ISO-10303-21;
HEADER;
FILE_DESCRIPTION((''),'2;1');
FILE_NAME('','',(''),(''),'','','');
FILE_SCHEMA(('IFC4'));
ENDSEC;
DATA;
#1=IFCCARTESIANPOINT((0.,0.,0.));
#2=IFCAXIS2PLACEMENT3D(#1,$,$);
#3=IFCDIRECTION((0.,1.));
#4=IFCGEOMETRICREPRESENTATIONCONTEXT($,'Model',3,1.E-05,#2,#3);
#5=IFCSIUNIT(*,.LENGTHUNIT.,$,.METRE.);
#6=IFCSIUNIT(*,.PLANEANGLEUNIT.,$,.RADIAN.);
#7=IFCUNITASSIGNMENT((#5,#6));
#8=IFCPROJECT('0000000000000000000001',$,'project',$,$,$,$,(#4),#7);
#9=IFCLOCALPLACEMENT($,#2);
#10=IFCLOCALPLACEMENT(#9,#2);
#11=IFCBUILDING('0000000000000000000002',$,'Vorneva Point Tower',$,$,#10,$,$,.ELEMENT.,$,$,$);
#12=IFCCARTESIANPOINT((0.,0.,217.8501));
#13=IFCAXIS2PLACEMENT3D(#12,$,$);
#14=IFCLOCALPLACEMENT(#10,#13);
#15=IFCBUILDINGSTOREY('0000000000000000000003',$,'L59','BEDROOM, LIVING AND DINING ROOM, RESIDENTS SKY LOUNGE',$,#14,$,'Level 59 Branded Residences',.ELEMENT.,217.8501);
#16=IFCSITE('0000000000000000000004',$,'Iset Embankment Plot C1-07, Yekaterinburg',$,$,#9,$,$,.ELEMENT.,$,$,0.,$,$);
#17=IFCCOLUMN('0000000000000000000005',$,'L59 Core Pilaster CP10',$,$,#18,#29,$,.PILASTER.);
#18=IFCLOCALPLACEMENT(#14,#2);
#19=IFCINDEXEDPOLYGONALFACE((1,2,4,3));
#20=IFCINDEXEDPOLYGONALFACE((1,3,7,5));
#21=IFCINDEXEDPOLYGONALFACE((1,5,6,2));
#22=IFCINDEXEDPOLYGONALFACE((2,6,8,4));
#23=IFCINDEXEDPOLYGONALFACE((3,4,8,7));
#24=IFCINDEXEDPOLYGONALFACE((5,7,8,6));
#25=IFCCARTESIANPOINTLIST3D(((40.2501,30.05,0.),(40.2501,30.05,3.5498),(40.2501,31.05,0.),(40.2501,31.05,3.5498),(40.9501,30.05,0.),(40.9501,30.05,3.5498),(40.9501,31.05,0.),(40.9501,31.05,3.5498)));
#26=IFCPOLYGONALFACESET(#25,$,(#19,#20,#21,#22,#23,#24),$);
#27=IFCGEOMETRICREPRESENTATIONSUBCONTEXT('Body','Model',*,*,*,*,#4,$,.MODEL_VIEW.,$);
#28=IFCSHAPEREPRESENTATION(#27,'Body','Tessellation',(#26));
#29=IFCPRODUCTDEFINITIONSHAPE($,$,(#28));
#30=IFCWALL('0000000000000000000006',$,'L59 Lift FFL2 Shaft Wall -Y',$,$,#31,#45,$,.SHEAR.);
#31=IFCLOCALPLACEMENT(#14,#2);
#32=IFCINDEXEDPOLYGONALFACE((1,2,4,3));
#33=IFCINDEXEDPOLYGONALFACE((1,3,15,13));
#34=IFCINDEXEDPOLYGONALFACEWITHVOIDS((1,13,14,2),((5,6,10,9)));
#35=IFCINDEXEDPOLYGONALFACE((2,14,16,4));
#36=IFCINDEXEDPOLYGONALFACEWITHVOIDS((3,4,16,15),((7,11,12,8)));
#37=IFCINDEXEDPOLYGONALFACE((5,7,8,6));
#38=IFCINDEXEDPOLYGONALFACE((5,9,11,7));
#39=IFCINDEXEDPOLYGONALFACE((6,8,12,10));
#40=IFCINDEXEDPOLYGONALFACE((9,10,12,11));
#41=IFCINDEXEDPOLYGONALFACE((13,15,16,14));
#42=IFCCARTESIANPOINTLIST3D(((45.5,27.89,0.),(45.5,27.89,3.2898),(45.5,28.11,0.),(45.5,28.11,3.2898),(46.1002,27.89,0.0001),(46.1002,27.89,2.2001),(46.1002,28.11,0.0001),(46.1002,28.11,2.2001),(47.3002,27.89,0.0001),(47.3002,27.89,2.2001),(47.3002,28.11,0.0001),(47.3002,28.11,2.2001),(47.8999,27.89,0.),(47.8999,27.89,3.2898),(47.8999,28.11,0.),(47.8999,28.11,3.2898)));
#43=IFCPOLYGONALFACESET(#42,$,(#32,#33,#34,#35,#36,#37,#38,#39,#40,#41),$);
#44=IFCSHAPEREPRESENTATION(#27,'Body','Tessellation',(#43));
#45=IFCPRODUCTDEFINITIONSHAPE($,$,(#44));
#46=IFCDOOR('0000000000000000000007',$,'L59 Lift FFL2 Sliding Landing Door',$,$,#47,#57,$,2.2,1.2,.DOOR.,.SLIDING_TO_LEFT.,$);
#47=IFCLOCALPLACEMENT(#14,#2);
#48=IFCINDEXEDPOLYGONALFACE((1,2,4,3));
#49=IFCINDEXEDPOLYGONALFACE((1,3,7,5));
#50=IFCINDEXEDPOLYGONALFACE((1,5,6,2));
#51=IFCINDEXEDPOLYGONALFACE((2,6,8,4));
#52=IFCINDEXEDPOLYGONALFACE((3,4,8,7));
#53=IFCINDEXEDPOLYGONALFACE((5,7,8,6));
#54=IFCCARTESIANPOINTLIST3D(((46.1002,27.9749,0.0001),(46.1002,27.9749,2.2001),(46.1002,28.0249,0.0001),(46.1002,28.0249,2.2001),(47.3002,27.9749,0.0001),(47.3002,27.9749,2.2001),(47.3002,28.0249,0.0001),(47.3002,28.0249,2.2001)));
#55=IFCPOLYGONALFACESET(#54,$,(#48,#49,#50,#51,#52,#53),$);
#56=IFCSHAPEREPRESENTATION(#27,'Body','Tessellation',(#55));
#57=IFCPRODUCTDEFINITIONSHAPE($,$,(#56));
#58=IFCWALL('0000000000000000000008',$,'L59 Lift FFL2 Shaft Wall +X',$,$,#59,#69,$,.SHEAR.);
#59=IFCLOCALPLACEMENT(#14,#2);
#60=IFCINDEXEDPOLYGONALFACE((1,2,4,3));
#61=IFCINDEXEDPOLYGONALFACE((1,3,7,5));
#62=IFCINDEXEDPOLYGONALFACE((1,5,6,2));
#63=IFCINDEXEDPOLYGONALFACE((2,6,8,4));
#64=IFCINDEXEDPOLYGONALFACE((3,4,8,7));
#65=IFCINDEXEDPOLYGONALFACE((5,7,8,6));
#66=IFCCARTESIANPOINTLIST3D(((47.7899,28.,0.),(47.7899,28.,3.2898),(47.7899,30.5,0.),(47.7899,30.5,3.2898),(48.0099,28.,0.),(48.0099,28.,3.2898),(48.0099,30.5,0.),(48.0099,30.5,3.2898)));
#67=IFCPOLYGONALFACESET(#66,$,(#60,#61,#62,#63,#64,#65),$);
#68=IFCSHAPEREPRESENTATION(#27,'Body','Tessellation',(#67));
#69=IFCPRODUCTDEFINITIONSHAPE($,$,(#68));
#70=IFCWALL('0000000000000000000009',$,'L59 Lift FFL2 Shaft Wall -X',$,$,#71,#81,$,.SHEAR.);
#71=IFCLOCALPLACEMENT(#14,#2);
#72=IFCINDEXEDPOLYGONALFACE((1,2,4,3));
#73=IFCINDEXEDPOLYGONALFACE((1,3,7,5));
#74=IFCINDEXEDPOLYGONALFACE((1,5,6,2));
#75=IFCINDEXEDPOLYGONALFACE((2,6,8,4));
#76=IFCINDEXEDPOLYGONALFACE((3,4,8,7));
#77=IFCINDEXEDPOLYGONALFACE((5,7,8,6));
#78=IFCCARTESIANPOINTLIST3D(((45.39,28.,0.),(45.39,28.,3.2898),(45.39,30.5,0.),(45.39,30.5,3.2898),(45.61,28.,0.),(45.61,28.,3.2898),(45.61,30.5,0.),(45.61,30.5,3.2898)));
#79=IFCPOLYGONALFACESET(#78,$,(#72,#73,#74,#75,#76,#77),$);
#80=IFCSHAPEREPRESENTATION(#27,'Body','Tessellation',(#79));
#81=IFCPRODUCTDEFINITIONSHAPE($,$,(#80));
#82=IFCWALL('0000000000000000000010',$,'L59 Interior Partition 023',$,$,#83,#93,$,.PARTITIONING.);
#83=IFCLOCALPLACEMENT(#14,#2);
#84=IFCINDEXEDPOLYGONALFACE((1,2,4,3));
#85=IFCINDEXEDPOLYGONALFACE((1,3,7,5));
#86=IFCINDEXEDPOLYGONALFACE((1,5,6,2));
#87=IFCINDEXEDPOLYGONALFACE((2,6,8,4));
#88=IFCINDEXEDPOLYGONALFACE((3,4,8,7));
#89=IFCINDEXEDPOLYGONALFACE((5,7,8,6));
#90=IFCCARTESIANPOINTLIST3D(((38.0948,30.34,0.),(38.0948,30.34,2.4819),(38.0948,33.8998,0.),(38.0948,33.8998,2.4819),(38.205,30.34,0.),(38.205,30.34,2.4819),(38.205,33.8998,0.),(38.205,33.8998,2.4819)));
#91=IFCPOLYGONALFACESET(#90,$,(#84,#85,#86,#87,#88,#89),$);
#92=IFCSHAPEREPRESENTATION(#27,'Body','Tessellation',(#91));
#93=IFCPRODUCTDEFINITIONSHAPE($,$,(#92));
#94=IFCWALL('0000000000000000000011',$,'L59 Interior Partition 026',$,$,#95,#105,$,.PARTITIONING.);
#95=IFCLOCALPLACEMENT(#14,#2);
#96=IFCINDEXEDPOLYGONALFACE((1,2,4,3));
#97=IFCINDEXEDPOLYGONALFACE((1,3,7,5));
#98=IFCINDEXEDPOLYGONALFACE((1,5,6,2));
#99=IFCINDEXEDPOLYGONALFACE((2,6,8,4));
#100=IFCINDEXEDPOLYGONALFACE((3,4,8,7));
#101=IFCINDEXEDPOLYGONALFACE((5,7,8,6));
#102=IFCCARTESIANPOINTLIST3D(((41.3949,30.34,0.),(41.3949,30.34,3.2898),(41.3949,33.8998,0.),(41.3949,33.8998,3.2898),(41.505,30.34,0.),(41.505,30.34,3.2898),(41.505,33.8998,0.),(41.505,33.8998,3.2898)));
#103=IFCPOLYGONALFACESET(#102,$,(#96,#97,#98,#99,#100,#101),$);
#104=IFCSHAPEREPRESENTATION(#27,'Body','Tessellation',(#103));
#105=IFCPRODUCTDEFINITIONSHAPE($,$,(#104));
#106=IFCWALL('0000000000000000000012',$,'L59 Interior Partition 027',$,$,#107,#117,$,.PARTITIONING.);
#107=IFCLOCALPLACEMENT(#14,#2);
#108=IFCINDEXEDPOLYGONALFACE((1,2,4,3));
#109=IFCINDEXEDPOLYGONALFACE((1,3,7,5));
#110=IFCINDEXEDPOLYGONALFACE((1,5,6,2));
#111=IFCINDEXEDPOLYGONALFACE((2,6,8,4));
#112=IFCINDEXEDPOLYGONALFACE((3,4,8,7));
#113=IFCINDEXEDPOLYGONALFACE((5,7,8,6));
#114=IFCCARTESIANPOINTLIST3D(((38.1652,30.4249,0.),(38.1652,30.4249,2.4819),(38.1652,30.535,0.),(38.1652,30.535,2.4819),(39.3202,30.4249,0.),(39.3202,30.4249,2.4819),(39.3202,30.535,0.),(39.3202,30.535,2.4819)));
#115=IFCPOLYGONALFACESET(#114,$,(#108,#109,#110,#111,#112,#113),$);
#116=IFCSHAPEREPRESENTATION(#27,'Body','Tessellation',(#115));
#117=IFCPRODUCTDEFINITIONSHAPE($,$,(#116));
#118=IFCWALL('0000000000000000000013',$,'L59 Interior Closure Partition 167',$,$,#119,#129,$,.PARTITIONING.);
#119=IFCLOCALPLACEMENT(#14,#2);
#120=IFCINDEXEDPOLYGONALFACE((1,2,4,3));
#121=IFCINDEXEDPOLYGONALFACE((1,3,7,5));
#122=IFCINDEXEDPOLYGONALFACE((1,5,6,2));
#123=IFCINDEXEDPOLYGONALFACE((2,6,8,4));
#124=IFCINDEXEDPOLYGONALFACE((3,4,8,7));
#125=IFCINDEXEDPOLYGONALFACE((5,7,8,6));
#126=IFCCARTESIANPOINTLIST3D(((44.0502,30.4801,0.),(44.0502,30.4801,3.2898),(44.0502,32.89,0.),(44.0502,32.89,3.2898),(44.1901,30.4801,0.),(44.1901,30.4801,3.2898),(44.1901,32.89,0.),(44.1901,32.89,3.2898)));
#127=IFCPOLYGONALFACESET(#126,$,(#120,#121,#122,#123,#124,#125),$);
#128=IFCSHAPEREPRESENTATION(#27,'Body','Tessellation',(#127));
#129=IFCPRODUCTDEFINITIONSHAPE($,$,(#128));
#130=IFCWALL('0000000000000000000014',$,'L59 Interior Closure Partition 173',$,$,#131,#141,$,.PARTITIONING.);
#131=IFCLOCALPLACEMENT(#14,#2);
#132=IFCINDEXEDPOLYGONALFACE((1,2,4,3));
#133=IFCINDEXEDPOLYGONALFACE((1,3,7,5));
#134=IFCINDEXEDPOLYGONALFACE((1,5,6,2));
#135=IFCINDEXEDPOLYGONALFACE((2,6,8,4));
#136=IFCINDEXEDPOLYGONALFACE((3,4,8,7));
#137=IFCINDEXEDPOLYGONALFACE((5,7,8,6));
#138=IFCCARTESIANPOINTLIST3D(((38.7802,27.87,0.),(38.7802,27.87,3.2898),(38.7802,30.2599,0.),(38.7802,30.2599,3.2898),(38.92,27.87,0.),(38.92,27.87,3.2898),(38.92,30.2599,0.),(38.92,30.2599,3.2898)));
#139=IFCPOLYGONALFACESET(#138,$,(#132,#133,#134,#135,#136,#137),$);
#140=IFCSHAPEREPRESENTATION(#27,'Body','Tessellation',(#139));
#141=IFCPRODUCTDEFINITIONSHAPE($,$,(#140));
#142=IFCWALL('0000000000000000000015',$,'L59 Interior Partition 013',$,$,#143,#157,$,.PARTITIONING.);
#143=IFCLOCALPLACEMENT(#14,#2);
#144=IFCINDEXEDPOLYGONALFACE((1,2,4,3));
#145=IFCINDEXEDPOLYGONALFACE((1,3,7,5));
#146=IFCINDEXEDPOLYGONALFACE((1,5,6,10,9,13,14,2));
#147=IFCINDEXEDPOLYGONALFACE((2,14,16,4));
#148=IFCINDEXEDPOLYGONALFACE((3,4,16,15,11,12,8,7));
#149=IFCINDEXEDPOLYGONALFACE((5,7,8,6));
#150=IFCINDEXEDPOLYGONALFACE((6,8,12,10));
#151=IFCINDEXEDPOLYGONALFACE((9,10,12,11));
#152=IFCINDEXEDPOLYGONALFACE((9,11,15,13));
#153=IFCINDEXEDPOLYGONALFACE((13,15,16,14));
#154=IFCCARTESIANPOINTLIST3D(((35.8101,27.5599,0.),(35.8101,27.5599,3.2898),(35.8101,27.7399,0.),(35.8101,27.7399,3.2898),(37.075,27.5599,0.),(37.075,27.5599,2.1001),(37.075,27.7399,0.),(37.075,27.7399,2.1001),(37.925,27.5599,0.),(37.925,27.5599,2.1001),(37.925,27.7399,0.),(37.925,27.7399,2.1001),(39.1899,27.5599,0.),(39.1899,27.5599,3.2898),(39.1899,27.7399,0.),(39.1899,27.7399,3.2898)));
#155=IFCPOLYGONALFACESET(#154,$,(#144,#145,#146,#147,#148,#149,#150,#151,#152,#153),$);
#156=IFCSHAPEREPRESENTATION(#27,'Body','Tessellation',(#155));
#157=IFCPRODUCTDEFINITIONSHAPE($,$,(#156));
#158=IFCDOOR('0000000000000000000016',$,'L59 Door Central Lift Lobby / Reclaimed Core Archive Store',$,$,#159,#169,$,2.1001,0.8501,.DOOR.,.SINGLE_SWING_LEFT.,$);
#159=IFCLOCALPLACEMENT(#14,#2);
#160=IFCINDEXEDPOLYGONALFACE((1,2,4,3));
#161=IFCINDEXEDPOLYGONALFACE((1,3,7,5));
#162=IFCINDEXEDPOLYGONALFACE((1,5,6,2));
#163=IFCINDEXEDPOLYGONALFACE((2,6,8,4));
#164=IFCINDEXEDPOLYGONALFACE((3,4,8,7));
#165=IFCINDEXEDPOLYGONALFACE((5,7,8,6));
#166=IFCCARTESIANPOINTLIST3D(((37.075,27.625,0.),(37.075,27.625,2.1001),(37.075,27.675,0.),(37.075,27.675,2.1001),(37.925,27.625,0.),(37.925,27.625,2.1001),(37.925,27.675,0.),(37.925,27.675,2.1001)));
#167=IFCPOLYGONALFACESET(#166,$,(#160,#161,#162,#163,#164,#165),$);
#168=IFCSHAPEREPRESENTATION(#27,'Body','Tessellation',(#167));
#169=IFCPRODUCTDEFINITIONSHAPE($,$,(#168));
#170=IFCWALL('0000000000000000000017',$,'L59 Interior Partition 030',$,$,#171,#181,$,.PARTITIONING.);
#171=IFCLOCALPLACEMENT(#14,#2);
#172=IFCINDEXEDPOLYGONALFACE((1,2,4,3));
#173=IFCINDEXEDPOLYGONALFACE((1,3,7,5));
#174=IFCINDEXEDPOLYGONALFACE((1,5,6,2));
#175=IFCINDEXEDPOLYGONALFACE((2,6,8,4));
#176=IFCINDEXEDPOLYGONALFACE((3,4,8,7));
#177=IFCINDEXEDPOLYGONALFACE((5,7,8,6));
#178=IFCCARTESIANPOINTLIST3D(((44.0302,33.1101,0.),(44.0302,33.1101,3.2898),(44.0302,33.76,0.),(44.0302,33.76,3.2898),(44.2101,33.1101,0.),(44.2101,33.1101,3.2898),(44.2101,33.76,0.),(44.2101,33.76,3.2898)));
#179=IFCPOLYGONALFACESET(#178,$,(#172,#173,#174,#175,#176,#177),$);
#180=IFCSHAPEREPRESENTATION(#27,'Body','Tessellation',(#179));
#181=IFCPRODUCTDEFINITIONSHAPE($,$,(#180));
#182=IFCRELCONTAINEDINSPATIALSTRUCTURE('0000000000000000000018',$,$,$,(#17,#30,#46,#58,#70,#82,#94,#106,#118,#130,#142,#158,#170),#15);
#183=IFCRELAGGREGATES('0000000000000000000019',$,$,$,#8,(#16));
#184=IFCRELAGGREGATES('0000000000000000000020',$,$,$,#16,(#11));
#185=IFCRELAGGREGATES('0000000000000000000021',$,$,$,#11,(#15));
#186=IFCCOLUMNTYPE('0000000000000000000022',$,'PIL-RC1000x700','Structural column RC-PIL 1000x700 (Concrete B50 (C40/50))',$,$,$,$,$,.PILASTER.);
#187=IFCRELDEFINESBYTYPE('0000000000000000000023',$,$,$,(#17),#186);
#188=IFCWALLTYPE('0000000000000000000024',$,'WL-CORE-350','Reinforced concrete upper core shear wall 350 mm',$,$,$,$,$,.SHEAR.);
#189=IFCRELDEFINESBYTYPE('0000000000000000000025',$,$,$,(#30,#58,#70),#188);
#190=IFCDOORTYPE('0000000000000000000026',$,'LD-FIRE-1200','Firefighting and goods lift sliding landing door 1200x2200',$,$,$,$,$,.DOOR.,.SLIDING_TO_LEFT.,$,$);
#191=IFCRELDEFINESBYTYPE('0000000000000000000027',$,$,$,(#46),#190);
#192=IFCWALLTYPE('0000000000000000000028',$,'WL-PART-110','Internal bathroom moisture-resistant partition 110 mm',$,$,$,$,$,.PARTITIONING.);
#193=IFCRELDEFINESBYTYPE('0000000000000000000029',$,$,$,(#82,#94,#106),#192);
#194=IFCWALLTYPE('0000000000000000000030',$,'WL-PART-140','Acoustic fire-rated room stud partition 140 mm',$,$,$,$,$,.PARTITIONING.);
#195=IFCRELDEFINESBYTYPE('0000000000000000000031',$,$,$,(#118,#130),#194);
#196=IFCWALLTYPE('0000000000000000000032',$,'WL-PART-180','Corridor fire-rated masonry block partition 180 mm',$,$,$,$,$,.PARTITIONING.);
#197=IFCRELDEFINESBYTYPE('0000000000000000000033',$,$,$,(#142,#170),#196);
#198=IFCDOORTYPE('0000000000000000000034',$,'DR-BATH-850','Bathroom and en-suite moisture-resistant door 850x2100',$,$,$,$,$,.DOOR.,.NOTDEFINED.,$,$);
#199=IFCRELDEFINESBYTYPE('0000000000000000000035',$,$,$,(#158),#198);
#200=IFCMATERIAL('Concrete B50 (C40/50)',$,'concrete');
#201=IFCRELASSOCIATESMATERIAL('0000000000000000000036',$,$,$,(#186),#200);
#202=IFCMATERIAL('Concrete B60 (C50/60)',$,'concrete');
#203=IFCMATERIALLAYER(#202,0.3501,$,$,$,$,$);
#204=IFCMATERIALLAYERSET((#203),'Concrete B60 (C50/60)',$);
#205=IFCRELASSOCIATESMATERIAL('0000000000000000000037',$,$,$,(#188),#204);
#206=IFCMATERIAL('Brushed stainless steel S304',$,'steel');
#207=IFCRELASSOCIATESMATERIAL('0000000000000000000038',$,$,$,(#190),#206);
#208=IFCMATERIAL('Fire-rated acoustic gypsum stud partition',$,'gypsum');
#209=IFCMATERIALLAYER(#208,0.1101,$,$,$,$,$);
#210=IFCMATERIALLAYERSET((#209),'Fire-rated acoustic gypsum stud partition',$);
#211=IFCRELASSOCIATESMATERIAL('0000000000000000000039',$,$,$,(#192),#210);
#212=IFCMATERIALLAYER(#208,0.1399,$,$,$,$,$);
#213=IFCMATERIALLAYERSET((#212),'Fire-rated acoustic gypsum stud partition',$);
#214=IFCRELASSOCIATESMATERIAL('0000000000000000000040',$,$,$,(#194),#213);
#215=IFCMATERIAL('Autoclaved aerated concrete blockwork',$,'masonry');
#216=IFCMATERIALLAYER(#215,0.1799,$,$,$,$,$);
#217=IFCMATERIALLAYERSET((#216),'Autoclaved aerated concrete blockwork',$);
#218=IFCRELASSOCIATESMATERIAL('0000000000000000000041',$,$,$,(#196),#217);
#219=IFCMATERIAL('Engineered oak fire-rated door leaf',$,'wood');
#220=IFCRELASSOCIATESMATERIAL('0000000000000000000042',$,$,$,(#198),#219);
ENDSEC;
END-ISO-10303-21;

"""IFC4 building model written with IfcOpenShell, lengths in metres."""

from ifc_helpers import new_model, si_unit, direction, frame, frame_2d, origin, origin_2d, place, context, subcontext, project, spatial, rectangle, extrude, material, layer, layer_set, material_profile, profile_set, type_object, element, fill, save


model = new_model("IFC4")

# Units and contexts
model_context = context("Model", 3, precision=1e-05, world=origin(), true_north=direction((0.0, 1.0)))
body_context = subcontext(model_context, "Body", "Model", "MODEL_VIEW")
ifc_project = project(units=[si_unit("LENGTHUNIT", "METRE"), si_unit("PLANEANGLEUNIT", "RADIAN")], contexts=[model_context])

# Site, building, storey
site_placement = place(None, origin())
site = spatial("IfcSite", under=ifc_project, at=site_placement, Name="Iset Embankment Plot C1-07, Yekaterinburg", CompositionType="ELEMENT", RefElevation=0.0)
building_placement = place(site_placement, origin())
building = spatial("IfcBuilding", under=site, at=building_placement, Name="Vorneva Point Tower", CompositionType="ELEMENT")
storey_placement = place(building_placement, frame((0.0, 0.0, 217.8501)))
storey = spatial("IfcBuildingStorey", under=building, at=storey_placement, Name="L59", Description="BEDROOM, LIVING AND DINING ROOM, RESIDENTS SKY LOUNGE", LongName="Level 59 Branded Residences", CompositionType="ELEMENT", Elevation=217.8501)

# Column
ifc_material_1 = material(Name="Concrete B50 (C40/50)", Category="concrete")
ifc_material_profile = material_profile(ifc_material_1, rectangle(XDim=0.7, YDim=1.0, at=origin_2d()), Name="RC-PIL 1000x700")
ifc_profile_set = profile_set([ifc_material_profile], Name="Concrete B50 (C40/50)")
column_type = type_object("IfcColumnType", Name="PIL-RC1000x700", Description="Structural column RC-PIL 1000x700 (Concrete B50 (C40/50))", PredefinedType="PILASTER", material=ifc_profile_set)
column_placement = place(storey_placement, frame((40.6001, 30.55, 0.0), z_axis=(0.0, 0.0, 1.0), x_axis=(1.0, 0.0, 0.0)))
element("IfcColumn", 1, at=column_placement, inside=storey, type_object=column_type, Name="L59 Core Pilaster CP10", PredefinedType="PILASTER", context=body_context, shape_type="SweptSolid", body=[
    extrude(rectangle(XDim=0.7, YDim=1.0, at=origin_2d()), origin(), (0.0, 0.0, 1.0), 3.5498),
])

# Wall, opening, door
ifc_material_2 = material(Name="Concrete B60 (C50/60)", Category="concrete")
ifc_layer_1 = layer(ifc_material_2, 0.3501)
ifc_layer_set_1 = layer_set([ifc_layer_1], Name="Concrete B60 (C50/60)")
wall_type_1 = type_object("IfcWallType", Name="WL-CORE-350", Description="Reinforced concrete upper core shear wall 350 mm", PredefinedType="SHEAR", material=ifc_layer_set_1)
wall_1_placement = place(storey_placement, frame((45.5, 28.0, 0.0), z_axis=(0.0, 0.0, 1.0), x_axis=(1.0, 0.0, 0.0)))
wall_1 = element("IfcWall", 2, at=wall_1_placement, inside=storey, type_object=wall_type_1, Name="L59 Lift FFL2 Shaft Wall -Y", PredefinedType="SHEAR", context=body_context, shape_type="SweptSolid", body=[
    extrude(rectangle(XDim=2.3999, YDim=0.22, at=frame_2d((1.2, 0.0))), origin(), (0.0, 0.0, 1.0), 3.2898),
])
opening_1_placement = place(wall_1_placement, frame((0.6001, 0.0, 0.0)))
opening_1 = element("IfcOpeningElement", 3, at=opening_1_placement, cuts=wall_1, PredefinedType="OPENING", context=body_context, shape_type="SweptSolid", body=[
    extrude(rectangle(XDim=1.2, YDim=2.2, at=frame_2d((0.6001, 1.1001))), frame((0.0, 0.125, 0.0), z_axis=(0.0, -1.0, 0.0), x_axis=(1.0, 0.0, 0.0)), (0.0, 0.0, 1.0), 0.2498),
])
ifc_material_3 = material(Name="Brushed stainless steel S304", Category="steel")
door_type_1 = type_object("IfcDoorType", Name="LD-FIRE-1200", Description="Firefighting and goods lift sliding landing door 1200x2200", OperationType="SLIDING_TO_LEFT", PredefinedType="DOOR", material=ifc_material_3)
door_1_placement = place(opening_1_placement, origin())
door_1 = element("IfcDoor", 4, at=door_1_placement, inside=storey, type_object=door_type_1, Name="L59 Lift FFL2 Sliding Landing Door", OperationType="SLIDING_TO_LEFT", OverallHeight=2.2, OverallWidth=1.2, PredefinedType="DOOR", context=body_context, shape_type="SweptSolid", body=[
    extrude(rectangle(XDim=1.2, YDim=2.2, at=frame_2d((0.6001, 1.1001))), frame((0.0, 0.0249, 0.0), z_axis=(0.0, -1.0, 0.0), x_axis=(1.0, 0.0, 0.0)), (0.0, 0.0, 1.0), 0.05),
])
fill(opening_1, door_1)

# Walls
for number, where, z_axis, x_axis, name in (
    (5, (47.8999, 28.0, 0.0), (0.0, 0.0, 1.0), (0.0, 1.0, 0.0), "L59 Lift FFL2 Shaft Wall +X"),
    (6, (45.5, 30.5, 0.0), (0.0, 0.0, 1.0), (0.0, -1.0, 0.0), "L59 Lift FFL2 Shaft Wall -X"),
):
    element("IfcWall", number, at=place(storey_placement, frame(where, z_axis=z_axis, x_axis=x_axis)), inside=storey, type_object=wall_type_1, Name=name, PredefinedType="SHEAR", context=body_context, shape_type="SweptSolid", body=[
        extrude(rectangle(XDim=2.5, YDim=0.22, at=frame_2d((1.25, 0.0))), origin(), (0.0, 0.0, 1.0), 3.2898),
    ])
ifc_material_4 = material(Name="Fire-rated acoustic gypsum stud partition", Category="gypsum")
ifc_layer_2 = layer(ifc_material_4, 0.1101)
ifc_layer_set_2 = layer_set([ifc_layer_2], Name="Fire-rated acoustic gypsum stud partition")
wall_type_2 = type_object("IfcWallType", Name="WL-PART-110", Description="Internal bathroom moisture-resistant partition 110 mm", PredefinedType="PARTITIONING", material=ifc_layer_set_2)
wall_2_placement = place(storey_placement, frame((38.1499, 30.3401, 0.0), z_axis=(0.0, 0.0, 1.0), x_axis=(0.0, 1.0, 0.0)))
element("IfcWall", 7, at=wall_2_placement, inside=storey, type_object=wall_type_2, Name="L59 Interior Partition 023", PredefinedType="PARTITIONING", context=body_context, shape_type="SweptSolid", body=[
    extrude(rectangle(XDim=3.5598, YDim=0.1101, at=frame_2d((1.7798, 0.0))), origin(), (0.0, 0.0, 1.0), 2.4819),
])
wall_3_placement = place(storey_placement, frame((41.45, 30.3401, 0.0), z_axis=(0.0, 0.0, 1.0), x_axis=(0.0, 1.0, 0.0)))
element("IfcWall", 8, at=wall_3_placement, inside=storey, type_object=wall_type_2, Name="L59 Interior Partition 026", PredefinedType="PARTITIONING", context=body_context, shape_type="SweptSolid", body=[
    extrude(rectangle(XDim=3.5598, YDim=0.1101, at=frame_2d((1.7798, 0.0))), origin(), (0.0, 0.0, 1.0), 3.2898),
])
wall_4_placement = place(storey_placement, frame((38.165, 30.48, 0.0), z_axis=(0.0, 0.0, 1.0), x_axis=(1.0, 0.0, 0.0)))
element("IfcWall", 9, at=wall_4_placement, inside=storey, type_object=wall_type_2, Name="L59 Interior Partition 027", PredefinedType="PARTITIONING", context=body_context, shape_type="SweptSolid", body=[
    extrude(rectangle(XDim=1.155, YDim=0.1101, at=frame_2d((0.5776, 0.0))), origin(), (0.0, 0.0, 1.0), 2.4819),
])
ifc_layer_3 = layer(ifc_material_4, 0.1399)
ifc_layer_set_3 = layer_set([ifc_layer_3], Name="Fire-rated acoustic gypsum stud partition")
wall_type_3 = type_object("IfcWallType", Name="WL-PART-140", Description="Acoustic fire-rated room stud partition 140 mm", PredefinedType="PARTITIONING", material=ifc_layer_set_3)
wall_5_placement = place(storey_placement, frame((44.1201, 30.48, 0.0), z_axis=(0.0, 0.0, 1.0), x_axis=(0.0, 1.0, 0.0)))
element("IfcWall", 10, at=wall_5_placement, inside=storey, type_object=wall_type_3, Name="L59 Interior Closure Partition 167", PredefinedType="PARTITIONING", context=body_context, shape_type="SweptSolid", body=[
    extrude(rectangle(XDim=2.4099, YDim=0.1399, at=frame_2d((1.2051, 0.0))), origin(), (0.0, 0.0, 1.0), 3.2898),
])
wall_6_placement = place(storey_placement, frame((38.8501, 27.8701, 0.0), z_axis=(0.0, 0.0, 1.0), x_axis=(0.0, 1.0, 0.0)))
element("IfcWall", 11, at=wall_6_placement, inside=storey, type_object=wall_type_3, Name="L59 Interior Closure Partition 173", PredefinedType="PARTITIONING", context=body_context, shape_type="SweptSolid", body=[
    extrude(rectangle(XDim=2.3899, YDim=0.1399, at=frame_2d((1.1948, 0.0))), origin(), (0.0, 0.0, 1.0), 3.2898),
])

# Wall, opening, door
ifc_material_5 = material(Name="Autoclaved aerated concrete blockwork", Category="masonry")
ifc_layer_4 = layer(ifc_material_5, 0.1799)
ifc_layer_set_4 = layer_set([ifc_layer_4], Name="Autoclaved aerated concrete blockwork")
wall_type_4 = type_object("IfcWallType", Name="WL-PART-180", Description="Corridor fire-rated masonry block partition 180 mm", PredefinedType="PARTITIONING", material=ifc_layer_set_4)
wall_7_placement = place(storey_placement, frame((39.1899, 27.6499, 0.0), z_axis=(0.0, 0.0, 1.0), x_axis=(-1.0, 0.0, 0.0)))
wall_7 = element("IfcWall", 12, at=wall_7_placement, inside=storey, type_object=wall_type_4, Name="L59 Interior Partition 013", PredefinedType="PARTITIONING", context=body_context, shape_type="SweptSolid", body=[
    extrude(rectangle(XDim=3.3799, YDim=0.1799, at=frame_2d((1.6899, 0.0))), origin(), (0.0, 0.0, 1.0), 3.2898),
])
opening_2_placement = place(wall_7_placement, frame((1.2649, 0.0, 0.0)))
opening_2 = element("IfcOpeningElement", 13, at=opening_2_placement, cuts=wall_7, PredefinedType="OPENING", context=body_context, shape_type="SweptSolid", body=[
    extrude(rectangle(XDim=0.8501, YDim=2.1001, at=frame_2d((0.425, 1.05))), frame((0.0, 0.105, 0.0), z_axis=(0.0, -1.0, 0.0), x_axis=(1.0, 0.0, 0.0)), (0.0, 0.0, 1.0), 0.2097),
])
ifc_material_6 = material(Name="Engineered oak fire-rated door leaf", Category="wood")
door_type_2 = type_object("IfcDoorType", Name="DR-BATH-850", Description="Bathroom and en-suite moisture-resistant door 850x2100", OperationType="NOTDEFINED", PredefinedType="DOOR", material=ifc_material_6)
door_2_placement = place(opening_2_placement, origin())
door_2 = element("IfcDoor", 14, at=door_2_placement, inside=storey, type_object=door_type_2, Name="L59 Door Central Lift Lobby / Reclaimed Core Archive Store", OperationType="SINGLE_SWING_LEFT", OverallHeight=2.1001, OverallWidth=0.8501, PredefinedType="DOOR", context=body_context, shape_type="SweptSolid", body=[
    extrude(rectangle(XDim=0.8501, YDim=2.1001, at=frame_2d((0.425, 1.05))), frame((0.0, 0.0249, 0.0), z_axis=(0.0, -1.0, 0.0), x_axis=(1.0, 0.0, 0.0)), (0.0, 0.0, 1.0), 0.05),
])
fill(opening_2, door_2)

# Wall
wall_8_placement = place(storey_placement, frame((44.1201, 33.1101, 0.0), z_axis=(0.0, 0.0, 1.0), x_axis=(0.0, 1.0, 0.0)))
element("IfcWall", 15, at=wall_8_placement, inside=storey, type_object=wall_type_4, Name="L59 Interior Partition 030", PredefinedType="PARTITIONING", context=body_context, shape_type="SweptSolid", body=[
    extrude(rectangle(XDim=0.6499, YDim=0.1799, at=frame_2d((0.325, 0.0))), origin(), (0.0, 0.0, 1.0), 3.2898),
])

save(model, "model.ifc")
